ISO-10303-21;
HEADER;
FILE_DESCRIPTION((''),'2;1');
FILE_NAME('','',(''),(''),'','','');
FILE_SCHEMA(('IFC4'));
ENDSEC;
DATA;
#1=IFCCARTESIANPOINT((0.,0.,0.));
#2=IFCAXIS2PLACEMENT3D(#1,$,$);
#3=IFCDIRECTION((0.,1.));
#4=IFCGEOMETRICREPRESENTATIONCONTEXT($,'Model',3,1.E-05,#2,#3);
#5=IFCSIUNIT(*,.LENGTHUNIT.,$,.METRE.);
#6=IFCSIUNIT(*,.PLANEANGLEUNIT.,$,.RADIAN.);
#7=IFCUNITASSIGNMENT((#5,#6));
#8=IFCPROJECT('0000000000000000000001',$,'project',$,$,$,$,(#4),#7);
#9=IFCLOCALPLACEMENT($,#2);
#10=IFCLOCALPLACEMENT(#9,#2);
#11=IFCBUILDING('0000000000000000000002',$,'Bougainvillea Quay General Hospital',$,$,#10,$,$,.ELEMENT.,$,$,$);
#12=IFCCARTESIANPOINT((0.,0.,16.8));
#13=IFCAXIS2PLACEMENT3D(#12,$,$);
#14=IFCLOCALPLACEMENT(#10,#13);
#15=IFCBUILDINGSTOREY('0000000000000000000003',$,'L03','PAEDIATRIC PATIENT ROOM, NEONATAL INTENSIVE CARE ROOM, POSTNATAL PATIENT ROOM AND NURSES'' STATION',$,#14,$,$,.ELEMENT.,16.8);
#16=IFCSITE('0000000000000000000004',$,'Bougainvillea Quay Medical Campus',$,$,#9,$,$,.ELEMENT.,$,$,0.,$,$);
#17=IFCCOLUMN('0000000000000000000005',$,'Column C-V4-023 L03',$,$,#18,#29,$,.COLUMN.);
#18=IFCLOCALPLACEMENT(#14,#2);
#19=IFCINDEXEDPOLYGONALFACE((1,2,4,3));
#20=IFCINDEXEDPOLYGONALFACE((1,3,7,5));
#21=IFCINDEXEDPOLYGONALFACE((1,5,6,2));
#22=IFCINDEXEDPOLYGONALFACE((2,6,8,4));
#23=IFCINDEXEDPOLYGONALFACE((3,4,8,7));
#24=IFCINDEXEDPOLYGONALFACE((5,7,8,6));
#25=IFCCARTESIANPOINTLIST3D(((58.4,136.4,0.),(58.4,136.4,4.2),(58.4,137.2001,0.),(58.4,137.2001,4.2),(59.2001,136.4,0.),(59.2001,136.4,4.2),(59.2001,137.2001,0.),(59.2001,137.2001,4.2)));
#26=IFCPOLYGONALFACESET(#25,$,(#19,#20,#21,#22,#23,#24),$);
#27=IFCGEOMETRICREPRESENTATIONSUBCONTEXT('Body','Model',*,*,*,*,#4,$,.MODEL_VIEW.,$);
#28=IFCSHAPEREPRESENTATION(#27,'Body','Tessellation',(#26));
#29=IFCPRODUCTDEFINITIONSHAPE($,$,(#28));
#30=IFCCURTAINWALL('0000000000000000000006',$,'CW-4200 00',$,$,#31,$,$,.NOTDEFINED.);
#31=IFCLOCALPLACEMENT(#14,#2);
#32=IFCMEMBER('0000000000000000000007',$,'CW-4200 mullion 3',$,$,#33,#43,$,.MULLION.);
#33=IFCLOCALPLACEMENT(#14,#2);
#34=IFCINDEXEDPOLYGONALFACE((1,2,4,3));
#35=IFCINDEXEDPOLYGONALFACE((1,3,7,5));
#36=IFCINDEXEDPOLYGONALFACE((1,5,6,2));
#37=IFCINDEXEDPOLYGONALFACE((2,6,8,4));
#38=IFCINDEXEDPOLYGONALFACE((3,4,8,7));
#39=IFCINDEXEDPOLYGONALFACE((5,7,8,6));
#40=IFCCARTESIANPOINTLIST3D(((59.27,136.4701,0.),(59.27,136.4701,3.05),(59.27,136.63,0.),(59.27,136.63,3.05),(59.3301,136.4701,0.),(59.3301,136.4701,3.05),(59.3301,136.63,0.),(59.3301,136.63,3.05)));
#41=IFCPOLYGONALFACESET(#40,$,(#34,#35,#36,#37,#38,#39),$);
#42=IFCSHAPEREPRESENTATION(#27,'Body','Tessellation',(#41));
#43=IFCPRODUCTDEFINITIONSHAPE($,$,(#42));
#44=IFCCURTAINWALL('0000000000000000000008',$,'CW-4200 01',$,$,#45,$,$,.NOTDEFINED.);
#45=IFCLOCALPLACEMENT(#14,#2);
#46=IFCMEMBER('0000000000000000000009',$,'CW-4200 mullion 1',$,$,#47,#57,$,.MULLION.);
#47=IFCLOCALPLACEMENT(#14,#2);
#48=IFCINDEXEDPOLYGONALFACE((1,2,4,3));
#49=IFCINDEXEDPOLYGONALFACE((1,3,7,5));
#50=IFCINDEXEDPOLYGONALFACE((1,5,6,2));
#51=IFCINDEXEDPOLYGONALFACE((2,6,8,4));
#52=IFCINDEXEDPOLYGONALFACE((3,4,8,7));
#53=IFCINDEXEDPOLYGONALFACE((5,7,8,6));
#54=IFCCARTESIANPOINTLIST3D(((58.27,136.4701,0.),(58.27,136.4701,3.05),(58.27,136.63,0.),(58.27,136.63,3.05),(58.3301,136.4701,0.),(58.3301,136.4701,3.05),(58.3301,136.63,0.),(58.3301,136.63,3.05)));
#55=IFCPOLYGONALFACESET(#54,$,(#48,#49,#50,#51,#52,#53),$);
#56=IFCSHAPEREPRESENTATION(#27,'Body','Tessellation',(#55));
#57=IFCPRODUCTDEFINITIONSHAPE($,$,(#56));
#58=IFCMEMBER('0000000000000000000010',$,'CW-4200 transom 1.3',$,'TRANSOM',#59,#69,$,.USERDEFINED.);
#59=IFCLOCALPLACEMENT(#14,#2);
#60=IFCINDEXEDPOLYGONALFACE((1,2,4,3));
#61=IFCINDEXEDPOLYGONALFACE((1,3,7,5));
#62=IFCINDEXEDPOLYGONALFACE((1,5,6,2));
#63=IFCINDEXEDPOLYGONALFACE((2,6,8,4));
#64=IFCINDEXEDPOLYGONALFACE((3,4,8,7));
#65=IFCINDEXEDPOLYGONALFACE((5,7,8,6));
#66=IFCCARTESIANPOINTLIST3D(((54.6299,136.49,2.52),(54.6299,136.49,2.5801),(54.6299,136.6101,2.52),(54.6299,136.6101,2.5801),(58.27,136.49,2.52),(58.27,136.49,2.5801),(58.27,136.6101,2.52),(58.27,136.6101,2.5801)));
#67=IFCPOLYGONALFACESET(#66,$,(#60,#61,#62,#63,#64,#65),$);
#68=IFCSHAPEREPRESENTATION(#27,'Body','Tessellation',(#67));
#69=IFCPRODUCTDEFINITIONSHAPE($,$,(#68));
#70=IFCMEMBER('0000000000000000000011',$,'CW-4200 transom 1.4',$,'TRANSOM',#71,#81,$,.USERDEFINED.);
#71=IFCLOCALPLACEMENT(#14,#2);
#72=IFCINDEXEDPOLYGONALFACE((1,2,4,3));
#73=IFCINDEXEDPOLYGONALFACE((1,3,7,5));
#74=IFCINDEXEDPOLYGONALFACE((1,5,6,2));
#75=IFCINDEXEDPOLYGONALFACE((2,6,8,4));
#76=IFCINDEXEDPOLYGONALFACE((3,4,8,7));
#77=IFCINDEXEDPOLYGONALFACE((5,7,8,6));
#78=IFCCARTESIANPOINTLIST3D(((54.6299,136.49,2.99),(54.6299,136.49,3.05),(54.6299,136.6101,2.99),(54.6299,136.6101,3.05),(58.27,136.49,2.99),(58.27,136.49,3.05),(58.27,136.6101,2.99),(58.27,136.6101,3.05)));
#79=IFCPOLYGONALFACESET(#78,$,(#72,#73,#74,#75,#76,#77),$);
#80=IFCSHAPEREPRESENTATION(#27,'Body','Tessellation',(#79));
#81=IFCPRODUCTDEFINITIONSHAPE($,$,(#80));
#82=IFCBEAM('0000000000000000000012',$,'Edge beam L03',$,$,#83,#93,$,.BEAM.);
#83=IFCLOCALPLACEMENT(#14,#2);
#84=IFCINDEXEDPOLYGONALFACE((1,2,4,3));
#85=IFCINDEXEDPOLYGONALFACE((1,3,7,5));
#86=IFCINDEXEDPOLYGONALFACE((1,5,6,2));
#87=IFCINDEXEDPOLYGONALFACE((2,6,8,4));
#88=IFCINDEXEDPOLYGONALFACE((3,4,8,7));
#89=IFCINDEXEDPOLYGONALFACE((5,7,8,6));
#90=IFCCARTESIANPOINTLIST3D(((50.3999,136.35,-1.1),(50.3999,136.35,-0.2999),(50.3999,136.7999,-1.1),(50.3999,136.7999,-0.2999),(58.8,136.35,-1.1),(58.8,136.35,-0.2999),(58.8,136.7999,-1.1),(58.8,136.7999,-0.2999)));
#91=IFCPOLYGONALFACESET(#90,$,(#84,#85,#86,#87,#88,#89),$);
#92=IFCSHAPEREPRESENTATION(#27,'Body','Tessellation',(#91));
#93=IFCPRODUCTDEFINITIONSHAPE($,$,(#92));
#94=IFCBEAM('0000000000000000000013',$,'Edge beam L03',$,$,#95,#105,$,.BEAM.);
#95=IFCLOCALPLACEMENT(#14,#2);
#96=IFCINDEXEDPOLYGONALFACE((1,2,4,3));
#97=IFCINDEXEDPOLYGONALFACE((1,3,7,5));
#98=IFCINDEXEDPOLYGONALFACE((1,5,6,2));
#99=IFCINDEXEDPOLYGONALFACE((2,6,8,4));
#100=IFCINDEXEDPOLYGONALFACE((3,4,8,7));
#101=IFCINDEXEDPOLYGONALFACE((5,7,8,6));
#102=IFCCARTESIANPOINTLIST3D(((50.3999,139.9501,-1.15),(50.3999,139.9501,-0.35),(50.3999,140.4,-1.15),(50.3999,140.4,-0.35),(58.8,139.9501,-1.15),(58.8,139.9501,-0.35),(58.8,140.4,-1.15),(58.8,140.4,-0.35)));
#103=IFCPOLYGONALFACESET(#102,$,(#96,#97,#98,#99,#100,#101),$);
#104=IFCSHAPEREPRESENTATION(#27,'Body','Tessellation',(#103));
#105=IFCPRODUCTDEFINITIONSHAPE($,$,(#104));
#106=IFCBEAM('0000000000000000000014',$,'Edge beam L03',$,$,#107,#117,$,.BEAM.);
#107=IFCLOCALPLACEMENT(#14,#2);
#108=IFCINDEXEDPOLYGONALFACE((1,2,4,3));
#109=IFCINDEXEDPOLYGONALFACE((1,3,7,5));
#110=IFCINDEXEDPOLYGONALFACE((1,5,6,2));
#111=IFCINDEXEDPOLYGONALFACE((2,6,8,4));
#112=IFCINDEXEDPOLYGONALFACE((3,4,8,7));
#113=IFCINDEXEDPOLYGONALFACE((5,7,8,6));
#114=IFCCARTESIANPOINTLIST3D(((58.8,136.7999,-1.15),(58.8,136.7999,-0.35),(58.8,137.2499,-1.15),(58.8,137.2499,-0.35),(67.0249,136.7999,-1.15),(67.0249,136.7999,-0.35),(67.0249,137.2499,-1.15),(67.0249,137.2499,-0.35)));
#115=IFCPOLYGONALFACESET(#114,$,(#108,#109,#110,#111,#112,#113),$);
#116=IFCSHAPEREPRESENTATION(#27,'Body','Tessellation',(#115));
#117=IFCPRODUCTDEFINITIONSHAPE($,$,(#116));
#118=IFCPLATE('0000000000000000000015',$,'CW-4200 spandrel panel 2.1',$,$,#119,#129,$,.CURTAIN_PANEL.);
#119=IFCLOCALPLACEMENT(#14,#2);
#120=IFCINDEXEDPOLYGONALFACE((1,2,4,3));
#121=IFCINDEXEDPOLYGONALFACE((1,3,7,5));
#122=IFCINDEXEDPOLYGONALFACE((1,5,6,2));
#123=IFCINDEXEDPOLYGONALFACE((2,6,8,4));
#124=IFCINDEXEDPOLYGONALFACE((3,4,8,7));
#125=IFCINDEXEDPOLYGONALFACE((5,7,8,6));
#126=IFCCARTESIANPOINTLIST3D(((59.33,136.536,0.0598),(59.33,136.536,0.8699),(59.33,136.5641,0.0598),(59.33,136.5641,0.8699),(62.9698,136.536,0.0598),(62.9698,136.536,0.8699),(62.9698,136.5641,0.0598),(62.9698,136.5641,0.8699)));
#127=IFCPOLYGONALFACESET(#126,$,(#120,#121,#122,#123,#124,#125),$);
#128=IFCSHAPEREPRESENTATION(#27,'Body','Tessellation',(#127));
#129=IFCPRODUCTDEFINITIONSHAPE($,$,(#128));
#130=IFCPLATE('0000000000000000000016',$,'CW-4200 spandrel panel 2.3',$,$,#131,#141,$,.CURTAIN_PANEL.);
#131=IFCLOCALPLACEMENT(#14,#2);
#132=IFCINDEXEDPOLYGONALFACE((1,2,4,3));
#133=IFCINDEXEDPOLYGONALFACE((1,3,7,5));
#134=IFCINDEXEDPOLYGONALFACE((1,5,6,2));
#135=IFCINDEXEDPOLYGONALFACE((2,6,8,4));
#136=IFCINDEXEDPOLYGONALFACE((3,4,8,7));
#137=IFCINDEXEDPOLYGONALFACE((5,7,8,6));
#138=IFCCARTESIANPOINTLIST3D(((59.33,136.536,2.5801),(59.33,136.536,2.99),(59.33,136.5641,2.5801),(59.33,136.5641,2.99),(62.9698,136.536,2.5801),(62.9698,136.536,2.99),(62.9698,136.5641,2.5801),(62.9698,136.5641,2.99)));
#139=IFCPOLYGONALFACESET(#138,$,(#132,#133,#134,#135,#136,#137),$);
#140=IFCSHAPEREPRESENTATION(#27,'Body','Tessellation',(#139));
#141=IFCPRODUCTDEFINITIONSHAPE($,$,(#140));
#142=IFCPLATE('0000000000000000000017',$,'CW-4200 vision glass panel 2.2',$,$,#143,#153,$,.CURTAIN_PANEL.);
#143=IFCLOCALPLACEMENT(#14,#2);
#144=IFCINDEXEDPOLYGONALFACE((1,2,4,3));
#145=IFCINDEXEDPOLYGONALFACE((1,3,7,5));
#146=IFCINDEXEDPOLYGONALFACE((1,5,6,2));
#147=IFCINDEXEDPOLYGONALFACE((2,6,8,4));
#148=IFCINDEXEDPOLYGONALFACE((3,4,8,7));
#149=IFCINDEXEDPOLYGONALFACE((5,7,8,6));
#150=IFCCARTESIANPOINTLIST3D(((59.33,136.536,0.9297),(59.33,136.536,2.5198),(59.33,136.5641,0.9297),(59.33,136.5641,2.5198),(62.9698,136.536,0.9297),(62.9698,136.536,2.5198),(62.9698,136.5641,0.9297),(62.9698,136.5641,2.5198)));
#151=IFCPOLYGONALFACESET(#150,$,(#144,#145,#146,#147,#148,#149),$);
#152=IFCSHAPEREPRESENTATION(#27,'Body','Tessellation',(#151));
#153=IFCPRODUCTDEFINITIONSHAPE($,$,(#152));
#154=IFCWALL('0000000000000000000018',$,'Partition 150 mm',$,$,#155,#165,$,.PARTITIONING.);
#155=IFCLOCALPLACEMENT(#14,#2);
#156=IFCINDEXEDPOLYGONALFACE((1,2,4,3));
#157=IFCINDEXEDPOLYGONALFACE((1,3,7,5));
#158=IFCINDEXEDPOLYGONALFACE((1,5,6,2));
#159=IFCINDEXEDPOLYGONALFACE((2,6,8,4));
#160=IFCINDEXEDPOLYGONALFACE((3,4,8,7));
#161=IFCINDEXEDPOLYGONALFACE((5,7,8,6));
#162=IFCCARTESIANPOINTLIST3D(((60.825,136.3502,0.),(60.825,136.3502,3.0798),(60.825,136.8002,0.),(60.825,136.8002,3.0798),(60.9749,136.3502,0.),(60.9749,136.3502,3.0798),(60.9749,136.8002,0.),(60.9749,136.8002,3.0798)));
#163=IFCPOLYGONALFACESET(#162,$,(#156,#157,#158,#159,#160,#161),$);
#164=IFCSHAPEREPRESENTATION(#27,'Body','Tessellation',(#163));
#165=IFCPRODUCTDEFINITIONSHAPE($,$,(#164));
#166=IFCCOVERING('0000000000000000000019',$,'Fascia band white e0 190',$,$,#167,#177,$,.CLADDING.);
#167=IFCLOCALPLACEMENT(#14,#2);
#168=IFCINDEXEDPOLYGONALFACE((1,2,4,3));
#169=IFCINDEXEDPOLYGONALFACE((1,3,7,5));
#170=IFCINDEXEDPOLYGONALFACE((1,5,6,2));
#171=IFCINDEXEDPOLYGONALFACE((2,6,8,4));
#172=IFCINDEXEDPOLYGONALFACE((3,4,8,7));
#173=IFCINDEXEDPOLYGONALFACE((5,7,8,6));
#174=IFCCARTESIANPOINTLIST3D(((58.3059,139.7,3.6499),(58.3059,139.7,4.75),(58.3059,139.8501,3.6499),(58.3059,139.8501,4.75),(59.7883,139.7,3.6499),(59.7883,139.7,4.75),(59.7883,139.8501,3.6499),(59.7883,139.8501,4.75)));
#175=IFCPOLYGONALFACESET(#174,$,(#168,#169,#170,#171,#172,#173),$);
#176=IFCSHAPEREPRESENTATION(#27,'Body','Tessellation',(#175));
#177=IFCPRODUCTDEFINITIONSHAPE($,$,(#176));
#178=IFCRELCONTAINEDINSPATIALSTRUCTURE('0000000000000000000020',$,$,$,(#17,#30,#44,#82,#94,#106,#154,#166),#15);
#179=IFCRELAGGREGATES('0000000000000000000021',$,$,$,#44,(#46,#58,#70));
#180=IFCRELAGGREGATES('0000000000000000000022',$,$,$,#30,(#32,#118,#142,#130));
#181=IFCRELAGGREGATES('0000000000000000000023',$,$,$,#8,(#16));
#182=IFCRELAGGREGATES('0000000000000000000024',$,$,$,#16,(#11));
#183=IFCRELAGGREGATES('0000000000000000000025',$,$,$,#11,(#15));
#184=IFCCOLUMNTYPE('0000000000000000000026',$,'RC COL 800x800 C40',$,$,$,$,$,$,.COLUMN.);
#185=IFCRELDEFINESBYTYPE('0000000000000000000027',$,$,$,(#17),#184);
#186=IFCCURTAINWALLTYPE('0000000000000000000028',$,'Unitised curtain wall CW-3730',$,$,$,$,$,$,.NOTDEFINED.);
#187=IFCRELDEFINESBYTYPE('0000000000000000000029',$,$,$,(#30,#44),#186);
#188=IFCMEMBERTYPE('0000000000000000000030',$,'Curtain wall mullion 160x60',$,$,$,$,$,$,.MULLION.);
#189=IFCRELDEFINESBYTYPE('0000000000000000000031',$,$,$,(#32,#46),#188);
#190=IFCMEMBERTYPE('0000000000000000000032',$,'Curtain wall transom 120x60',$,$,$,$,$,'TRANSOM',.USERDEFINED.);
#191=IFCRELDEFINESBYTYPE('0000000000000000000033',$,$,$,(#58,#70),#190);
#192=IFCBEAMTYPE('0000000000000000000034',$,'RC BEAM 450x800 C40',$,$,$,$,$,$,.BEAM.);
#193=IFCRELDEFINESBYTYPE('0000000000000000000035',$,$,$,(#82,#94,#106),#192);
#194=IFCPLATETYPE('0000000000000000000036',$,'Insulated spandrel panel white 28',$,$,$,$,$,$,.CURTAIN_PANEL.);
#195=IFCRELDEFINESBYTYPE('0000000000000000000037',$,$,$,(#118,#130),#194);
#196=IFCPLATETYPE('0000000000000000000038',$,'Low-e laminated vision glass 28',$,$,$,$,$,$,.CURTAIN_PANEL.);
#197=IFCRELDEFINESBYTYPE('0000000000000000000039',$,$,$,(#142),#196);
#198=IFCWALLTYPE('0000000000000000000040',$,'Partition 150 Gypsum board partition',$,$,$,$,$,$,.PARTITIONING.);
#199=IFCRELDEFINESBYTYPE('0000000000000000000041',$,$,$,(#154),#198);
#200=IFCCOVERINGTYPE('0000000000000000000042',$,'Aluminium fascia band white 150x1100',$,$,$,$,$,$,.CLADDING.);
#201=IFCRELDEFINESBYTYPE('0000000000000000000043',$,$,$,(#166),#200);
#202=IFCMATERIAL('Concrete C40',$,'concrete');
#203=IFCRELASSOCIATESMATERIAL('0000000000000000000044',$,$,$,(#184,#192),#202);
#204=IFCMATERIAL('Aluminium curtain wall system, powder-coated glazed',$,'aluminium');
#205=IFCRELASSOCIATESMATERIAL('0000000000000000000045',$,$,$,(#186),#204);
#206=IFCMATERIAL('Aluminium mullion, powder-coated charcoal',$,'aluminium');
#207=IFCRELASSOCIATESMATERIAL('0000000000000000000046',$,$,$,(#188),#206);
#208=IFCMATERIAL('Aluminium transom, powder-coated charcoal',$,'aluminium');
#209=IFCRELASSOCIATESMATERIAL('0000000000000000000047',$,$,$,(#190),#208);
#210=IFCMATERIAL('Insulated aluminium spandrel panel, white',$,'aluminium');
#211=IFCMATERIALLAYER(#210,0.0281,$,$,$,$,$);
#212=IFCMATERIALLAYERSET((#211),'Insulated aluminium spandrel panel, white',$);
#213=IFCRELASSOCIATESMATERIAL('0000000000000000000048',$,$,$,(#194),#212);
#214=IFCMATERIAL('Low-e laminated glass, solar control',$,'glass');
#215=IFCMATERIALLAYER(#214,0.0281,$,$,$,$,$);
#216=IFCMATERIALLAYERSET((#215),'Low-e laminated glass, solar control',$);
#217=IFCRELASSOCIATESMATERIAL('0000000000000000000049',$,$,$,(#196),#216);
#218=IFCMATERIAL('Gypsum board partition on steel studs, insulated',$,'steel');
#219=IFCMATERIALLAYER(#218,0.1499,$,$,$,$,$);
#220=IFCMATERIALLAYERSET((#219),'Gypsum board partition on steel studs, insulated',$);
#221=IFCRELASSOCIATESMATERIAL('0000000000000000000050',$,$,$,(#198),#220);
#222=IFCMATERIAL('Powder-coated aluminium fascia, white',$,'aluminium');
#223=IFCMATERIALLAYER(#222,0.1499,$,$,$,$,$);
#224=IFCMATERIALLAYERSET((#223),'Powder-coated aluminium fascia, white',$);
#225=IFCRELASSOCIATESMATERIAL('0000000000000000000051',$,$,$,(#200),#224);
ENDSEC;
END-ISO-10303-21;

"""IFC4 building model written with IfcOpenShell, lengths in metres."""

from ifc_helpers import new_model, si_unit, direction, frame, frame_2d, origin, origin_2d, place, context, subcontext, project, spatial, polyline, rectangle, outline, extrude, material, layer, layer_set, material_profile, profile_set, type_object, element, aggregate, save


model = new_model("IFC4")

# Units and contexts
model_context = context("Model", 3, precision=1e-05, world=origin(), true_north=direction((0.0, 1.0)))
body_context = subcontext(model_context, "Body", "Model", "MODEL_VIEW")
ifc_project = project(units=[si_unit("LENGTHUNIT", "METRE"), si_unit("PLANEANGLEUNIT", "RADIAN")], contexts=[model_context])

# Site, building, storey
site_placement = place(None, origin())
site = spatial("IfcSite", under=ifc_project, at=site_placement, Name="Bougainvillea Quay Medical Campus", CompositionType="ELEMENT", RefElevation=0.0)
building_placement = place(site_placement, origin())
building = spatial("IfcBuilding", under=site, at=building_placement, Name="Bougainvillea Quay General Hospital", CompositionType="ELEMENT")
storey_placement = place(building_placement, frame((0.0, 0.0, 16.8)))
storey = spatial("IfcBuildingStorey", under=building, at=storey_placement, Name="L03", Description="PAEDIATRIC PATIENT ROOM, NEONATAL INTENSIVE CARE ROOM, POSTNATAL PATIENT ROOM AND NURSES' STATION", CompositionType="ELEMENT", Elevation=16.8)

# Column
ifc_material_1 = material(Name="Concrete C40", Category="concrete")
ifc_material_profile_1 = material_profile(ifc_material_1, rectangle(XDim=0.8, YDim=0.8, at=origin_2d()))
ifc_profile_set_1 = profile_set([ifc_material_profile_1], Name="Concrete C40")
column_type = type_object("IfcColumnType", Name="RC COL 800x800 C40", PredefinedType="COLUMN", material=ifc_profile_set_1)
column_placement = place(storey_placement, frame((58.8, 136.8, 0.0), z_axis=(0.0, 0.0, 1.0), x_axis=(1.0, 0.0, 0.0)))
element("IfcColumn", 1, at=column_placement, inside=storey, type_object=column_type, Name="Column C-V4-023 L03", PredefinedType="COLUMN", context=body_context, shape_type="SweptSolid", body=[
    extrude(rectangle(XDim=0.8, YDim=0.8, at=origin_2d()), origin(), (0.0, 0.0, 1.0), 4.2),
])

# Curtain wall, member
ifc_material_2 = material(Name="Aluminium curtain wall system, powder-coated glazed", Category="aluminium")
curtain_wall_type = type_object("IfcCurtainWallType", Name="Unitised curtain wall CW-3730", PredefinedType="NOTDEFINED", material=ifc_material_2)
curtain_wall_1_placement = place(storey_placement, origin())
curtain_wall_1 = element("IfcCurtainWall", 2, at=curtain_wall_1_placement, inside=storey, type_object=curtain_wall_type, Name="CW-4200 00", PredefinedType="NOTDEFINED")
ifc_material_3 = material(Name="Aluminium mullion, powder-coated charcoal", Category="aluminium")
ifc_material_profile_2 = material_profile(ifc_material_3, rectangle(XDim=0.1599, YDim=0.0601, at=origin_2d()))
ifc_profile_set_2 = profile_set([ifc_material_profile_2], Name="Aluminium mullion, powder-coated charcoal")
member_type_1 = type_object("IfcMemberType", Name="Curtain wall mullion 160x60", PredefinedType="MULLION", material=ifc_profile_set_2)
member_1_placement = place(storey_placement, frame((59.3, 136.55, 0.0), z_axis=(0.0, 0.0, 1.0), x_axis=(0.0, -1.0, 0.0)))
member_1 = element("IfcMember", 3, at=member_1_placement, type_object=member_type_1, Name="CW-4200 mullion 3", PredefinedType="MULLION", context=body_context, shape_type="SweptSolid", body=[
    extrude(rectangle(XDim=0.1599, YDim=0.0601, at=origin_2d()), origin(), (0.0, 0.0, 1.0), 3.05),
])

# Curtain wall, members
curtain_wall_2_placement = place(storey_placement, origin())
curtain_wall_2 = element("IfcCurtainWall", 4, at=curtain_wall_2_placement, inside=storey, type_object=curtain_wall_type, Name="CW-4200 01", PredefinedType="NOTDEFINED")
member_2_placement = place(storey_placement, frame((58.3, 136.55, 0.0), z_axis=(0.0, 0.0, 1.0), x_axis=(0.0, -1.0, 0.0)))
member_2 = element("IfcMember", 5, at=member_2_placement, type_object=member_type_1, Name="CW-4200 mullion 1", PredefinedType="MULLION", context=body_context, shape_type="SweptSolid", body=[
    extrude(rectangle(XDim=0.1599, YDim=0.0601, at=origin_2d()), origin(), (0.0, 0.0, 1.0), 3.05),
])
ifc_material_4 = material(Name="Aluminium transom, powder-coated charcoal", Category="aluminium")
ifc_material_profile_3 = material_profile(ifc_material_4, rectangle(XDim=0.1201, YDim=0.0601, at=origin_2d()))
ifc_profile_set_3 = profile_set([ifc_material_profile_3], Name="Aluminium transom, powder-coated charcoal")
member_type_2 = type_object("IfcMemberType", Name="Curtain wall transom 120x60", ElementType="TRANSOM", PredefinedType="USERDEFINED", material=ifc_profile_set_3)
member_3_placement = place(storey_placement, frame((58.27, 136.55, 2.55), z_axis=(-1.0, 0.0, 0.0), x_axis=(0.0, -1.0, 0.0)))
member_3 = element("IfcMember", 6, at=member_3_placement, type_object=member_type_2, Name="CW-4200 transom 1.3", ObjectType="TRANSOM", PredefinedType="USERDEFINED", context=body_context, shape_type="SweptSolid", body=[
    extrude(rectangle(XDim=0.1201, YDim=0.0601, at=origin_2d()), origin(), (0.0, 0.0, 1.0), 3.6401),
])
member_4_placement = place(storey_placement, frame((58.27, 136.55, 3.02), z_axis=(-1.0, 0.0, 0.0), x_axis=(0.0, -1.0, 0.0)))
member_4 = element("IfcMember", 7, at=member_4_placement, type_object=member_type_2, Name="CW-4200 transom 1.4", ObjectType="TRANSOM", PredefinedType="USERDEFINED", context=body_context, shape_type="SweptSolid", body=[
    extrude(rectangle(XDim=0.1201, YDim=0.0601, at=origin_2d()), origin(), (0.0, 0.0, 1.0), 3.6401),
])
aggregate(curtain_wall_2, [member_2, member_3, member_4])

# Beams
ifc_material_profile_4 = material_profile(ifc_material_1, rectangle(XDim=0.45, YDim=0.8, at=origin_2d()))
ifc_profile_set_4 = profile_set([ifc_material_profile_4], Name="Concrete C40")
beam_type = type_object("IfcBeamType", Name="RC BEAM 450x800 C40", PredefinedType="BEAM", material=ifc_profile_set_4)
for number, where, z_axis, x_axis, name in (
    (8, (58.8, 136.575, -0.7), (-1.0, 0.0, 0.0), (0.0, -1.0, 0.0), "Edge beam L03"),
    (9, (58.8, 140.175, -0.75), (-1.0, 0.0, 0.0), (0.0, -1.0, 0.0), "Edge beam L03"),
):
    element("IfcBeam", number, at=place(storey_placement, frame(where, z_axis=z_axis, x_axis=x_axis)), inside=storey, type_object=beam_type, Name=name, PredefinedType="BEAM", context=body_context, shape_type="SweptSolid", body=[
        extrude(rectangle(XDim=0.45, YDim=0.8, at=origin_2d()), origin(), (0.0, 0.0, 1.0), 8.4001),
    ])
beam_placement = place(storey_placement, frame((58.8, 137.0249, -0.75), z_axis=(1.0, 0.0, 0.0), x_axis=(0.0, 1.0, 0.0)))
element("IfcBeam", 10, at=beam_placement, inside=storey, type_object=beam_type, Name="Edge beam L03", PredefinedType="BEAM", context=body_context, shape_type="SweptSolid", body=[
    extrude(rectangle(XDim=0.45, YDim=0.8, at=origin_2d()), origin(), (0.0, 0.0, 1.0), 8.2249),
])

# Plates
ifc_material_5 = material(Name="Insulated aluminium spandrel panel, white", Category="aluminium")
ifc_layer_1 = layer(ifc_material_5, 0.0281)
ifc_layer_set_1 = layer_set([ifc_layer_1], Name="Insulated aluminium spandrel panel, white")
plate_type_1 = type_object("IfcPlateType", Name="Insulated spandrel panel white 28", PredefinedType="CURTAIN_PANEL", material=ifc_layer_set_1)
plate_1_placement = place(storey_placement, frame((61.1499, 136.55, 0.0598), z_axis=(0.0, 0.0, 1.0), x_axis=(-1.0, 0.0, 0.0)))
plate_1 = element("IfcPlate", 11, at=plate_1_placement, type_object=plate_type_1, Name="CW-4200 spandrel panel 2.1", PredefinedType="CURTAIN_PANEL", context=body_context, shape_type="SweptSolid", body=[
    extrude(rectangle(XDim=3.6399, YDim=0.0281, at=origin_2d()), origin(), (0.0, 0.0, 1.0), 0.8101),
])
plate_2_placement = place(storey_placement, frame((61.1499, 136.55, 2.5801), z_axis=(0.0, 0.0, 1.0), x_axis=(-1.0, 0.0, 0.0)))
plate_2 = element("IfcPlate", 12, at=plate_2_placement, type_object=plate_type_1, Name="CW-4200 spandrel panel 2.3", PredefinedType="CURTAIN_PANEL", context=body_context, shape_type="SweptSolid", body=[
    extrude(rectangle(XDim=3.6399, YDim=0.0281, at=origin_2d()), origin(), (0.0, 0.0, 1.0), 0.4099),
])
ifc_material_6 = material(Name="Low-e laminated glass, solar control", Category="glass")
ifc_layer_2 = layer(ifc_material_6, 0.0281)
ifc_layer_set_2 = layer_set([ifc_layer_2], Name="Low-e laminated glass, solar control")
plate_type_2 = type_object("IfcPlateType", Name="Low-e laminated vision glass 28", PredefinedType="CURTAIN_PANEL", material=ifc_layer_set_2)
plate_3_placement = place(storey_placement, frame((61.1499, 136.55, 0.9297), z_axis=(0.0, 0.0, 1.0), x_axis=(-1.0, 0.0, 0.0)))
plate_3 = element("IfcPlate", 13, at=plate_3_placement, type_object=plate_type_2, Name="CW-4200 vision glass panel 2.2", PredefinedType="CURTAIN_PANEL", context=body_context, shape_type="SweptSolid", body=[
    extrude(rectangle(XDim=3.6399, YDim=0.0281, at=origin_2d()), origin(), (0.0, 0.0, 1.0), 1.5901),
])
aggregate(curtain_wall_1, [member_1, plate_1, plate_3, plate_2])

# Wall
ifc_material_7 = material(Name="Gypsum board partition on steel studs, insulated", Category="steel")
ifc_layer_3 = layer(ifc_material_7, 0.1499)
ifc_layer_set_3 = layer_set([ifc_layer_3], Name="Gypsum board partition on steel studs, insulated")
wall_type = type_object("IfcWallType", Name="Partition 150 Gypsum board partition", PredefinedType="PARTITIONING", material=ifc_layer_set_3)
wall_placement = place(storey_placement, frame((60.8999, 136.3501, 0.0), z_axis=(0.0, 0.0, 1.0), x_axis=(0.0, 1.0, 0.0)))
element("IfcWall", 14, at=wall_placement, inside=storey, type_object=wall_type, Name="Partition 150 mm", PredefinedType="PARTITIONING", context=body_context, shape_type="SweptSolid", body=[
    extrude(rectangle(XDim=0.45, YDim=0.1499, at=frame_2d((0.2251, 0.0))), origin(), (0.0, 0.0, 1.0), 3.0798),
])

# Covering
ifc_material_8 = material(Name="Powder-coated aluminium fascia, white", Category="aluminium")
ifc_layer_4 = layer(ifc_material_8, 0.1499)
ifc_layer_set_4 = layer_set([ifc_layer_4], Name="Powder-coated aluminium fascia, white")
covering_type = type_object("IfcCoveringType", Name="Aluminium fascia band white 150x1100", PredefinedType="CLADDING", material=ifc_layer_set_4)
covering_1_placement = place(storey_placement, frame((58.3059, 139.8501, 3.6499), z_axis=(0.0, 0.0, 1.0), x_axis=(1.0, 0.0, 0.0)))
element("IfcCovering", 15, at=covering_1_placement, inside=storey, type_object=covering_type, Name="Fascia band white e0 190", PredefinedType="CLADDING", context=body_context, shape_type="SweptSolid", body=[
    extrude(outline(polyline([(0.0, 0.0), (1.4824, 0.0), (1.4824, -0.1501), (0.0, -0.1501), (0.0, 0.0)])), origin(), (0.0, 0.0, 1.0), 1.1001),
])

save(model, "model.ifc")
